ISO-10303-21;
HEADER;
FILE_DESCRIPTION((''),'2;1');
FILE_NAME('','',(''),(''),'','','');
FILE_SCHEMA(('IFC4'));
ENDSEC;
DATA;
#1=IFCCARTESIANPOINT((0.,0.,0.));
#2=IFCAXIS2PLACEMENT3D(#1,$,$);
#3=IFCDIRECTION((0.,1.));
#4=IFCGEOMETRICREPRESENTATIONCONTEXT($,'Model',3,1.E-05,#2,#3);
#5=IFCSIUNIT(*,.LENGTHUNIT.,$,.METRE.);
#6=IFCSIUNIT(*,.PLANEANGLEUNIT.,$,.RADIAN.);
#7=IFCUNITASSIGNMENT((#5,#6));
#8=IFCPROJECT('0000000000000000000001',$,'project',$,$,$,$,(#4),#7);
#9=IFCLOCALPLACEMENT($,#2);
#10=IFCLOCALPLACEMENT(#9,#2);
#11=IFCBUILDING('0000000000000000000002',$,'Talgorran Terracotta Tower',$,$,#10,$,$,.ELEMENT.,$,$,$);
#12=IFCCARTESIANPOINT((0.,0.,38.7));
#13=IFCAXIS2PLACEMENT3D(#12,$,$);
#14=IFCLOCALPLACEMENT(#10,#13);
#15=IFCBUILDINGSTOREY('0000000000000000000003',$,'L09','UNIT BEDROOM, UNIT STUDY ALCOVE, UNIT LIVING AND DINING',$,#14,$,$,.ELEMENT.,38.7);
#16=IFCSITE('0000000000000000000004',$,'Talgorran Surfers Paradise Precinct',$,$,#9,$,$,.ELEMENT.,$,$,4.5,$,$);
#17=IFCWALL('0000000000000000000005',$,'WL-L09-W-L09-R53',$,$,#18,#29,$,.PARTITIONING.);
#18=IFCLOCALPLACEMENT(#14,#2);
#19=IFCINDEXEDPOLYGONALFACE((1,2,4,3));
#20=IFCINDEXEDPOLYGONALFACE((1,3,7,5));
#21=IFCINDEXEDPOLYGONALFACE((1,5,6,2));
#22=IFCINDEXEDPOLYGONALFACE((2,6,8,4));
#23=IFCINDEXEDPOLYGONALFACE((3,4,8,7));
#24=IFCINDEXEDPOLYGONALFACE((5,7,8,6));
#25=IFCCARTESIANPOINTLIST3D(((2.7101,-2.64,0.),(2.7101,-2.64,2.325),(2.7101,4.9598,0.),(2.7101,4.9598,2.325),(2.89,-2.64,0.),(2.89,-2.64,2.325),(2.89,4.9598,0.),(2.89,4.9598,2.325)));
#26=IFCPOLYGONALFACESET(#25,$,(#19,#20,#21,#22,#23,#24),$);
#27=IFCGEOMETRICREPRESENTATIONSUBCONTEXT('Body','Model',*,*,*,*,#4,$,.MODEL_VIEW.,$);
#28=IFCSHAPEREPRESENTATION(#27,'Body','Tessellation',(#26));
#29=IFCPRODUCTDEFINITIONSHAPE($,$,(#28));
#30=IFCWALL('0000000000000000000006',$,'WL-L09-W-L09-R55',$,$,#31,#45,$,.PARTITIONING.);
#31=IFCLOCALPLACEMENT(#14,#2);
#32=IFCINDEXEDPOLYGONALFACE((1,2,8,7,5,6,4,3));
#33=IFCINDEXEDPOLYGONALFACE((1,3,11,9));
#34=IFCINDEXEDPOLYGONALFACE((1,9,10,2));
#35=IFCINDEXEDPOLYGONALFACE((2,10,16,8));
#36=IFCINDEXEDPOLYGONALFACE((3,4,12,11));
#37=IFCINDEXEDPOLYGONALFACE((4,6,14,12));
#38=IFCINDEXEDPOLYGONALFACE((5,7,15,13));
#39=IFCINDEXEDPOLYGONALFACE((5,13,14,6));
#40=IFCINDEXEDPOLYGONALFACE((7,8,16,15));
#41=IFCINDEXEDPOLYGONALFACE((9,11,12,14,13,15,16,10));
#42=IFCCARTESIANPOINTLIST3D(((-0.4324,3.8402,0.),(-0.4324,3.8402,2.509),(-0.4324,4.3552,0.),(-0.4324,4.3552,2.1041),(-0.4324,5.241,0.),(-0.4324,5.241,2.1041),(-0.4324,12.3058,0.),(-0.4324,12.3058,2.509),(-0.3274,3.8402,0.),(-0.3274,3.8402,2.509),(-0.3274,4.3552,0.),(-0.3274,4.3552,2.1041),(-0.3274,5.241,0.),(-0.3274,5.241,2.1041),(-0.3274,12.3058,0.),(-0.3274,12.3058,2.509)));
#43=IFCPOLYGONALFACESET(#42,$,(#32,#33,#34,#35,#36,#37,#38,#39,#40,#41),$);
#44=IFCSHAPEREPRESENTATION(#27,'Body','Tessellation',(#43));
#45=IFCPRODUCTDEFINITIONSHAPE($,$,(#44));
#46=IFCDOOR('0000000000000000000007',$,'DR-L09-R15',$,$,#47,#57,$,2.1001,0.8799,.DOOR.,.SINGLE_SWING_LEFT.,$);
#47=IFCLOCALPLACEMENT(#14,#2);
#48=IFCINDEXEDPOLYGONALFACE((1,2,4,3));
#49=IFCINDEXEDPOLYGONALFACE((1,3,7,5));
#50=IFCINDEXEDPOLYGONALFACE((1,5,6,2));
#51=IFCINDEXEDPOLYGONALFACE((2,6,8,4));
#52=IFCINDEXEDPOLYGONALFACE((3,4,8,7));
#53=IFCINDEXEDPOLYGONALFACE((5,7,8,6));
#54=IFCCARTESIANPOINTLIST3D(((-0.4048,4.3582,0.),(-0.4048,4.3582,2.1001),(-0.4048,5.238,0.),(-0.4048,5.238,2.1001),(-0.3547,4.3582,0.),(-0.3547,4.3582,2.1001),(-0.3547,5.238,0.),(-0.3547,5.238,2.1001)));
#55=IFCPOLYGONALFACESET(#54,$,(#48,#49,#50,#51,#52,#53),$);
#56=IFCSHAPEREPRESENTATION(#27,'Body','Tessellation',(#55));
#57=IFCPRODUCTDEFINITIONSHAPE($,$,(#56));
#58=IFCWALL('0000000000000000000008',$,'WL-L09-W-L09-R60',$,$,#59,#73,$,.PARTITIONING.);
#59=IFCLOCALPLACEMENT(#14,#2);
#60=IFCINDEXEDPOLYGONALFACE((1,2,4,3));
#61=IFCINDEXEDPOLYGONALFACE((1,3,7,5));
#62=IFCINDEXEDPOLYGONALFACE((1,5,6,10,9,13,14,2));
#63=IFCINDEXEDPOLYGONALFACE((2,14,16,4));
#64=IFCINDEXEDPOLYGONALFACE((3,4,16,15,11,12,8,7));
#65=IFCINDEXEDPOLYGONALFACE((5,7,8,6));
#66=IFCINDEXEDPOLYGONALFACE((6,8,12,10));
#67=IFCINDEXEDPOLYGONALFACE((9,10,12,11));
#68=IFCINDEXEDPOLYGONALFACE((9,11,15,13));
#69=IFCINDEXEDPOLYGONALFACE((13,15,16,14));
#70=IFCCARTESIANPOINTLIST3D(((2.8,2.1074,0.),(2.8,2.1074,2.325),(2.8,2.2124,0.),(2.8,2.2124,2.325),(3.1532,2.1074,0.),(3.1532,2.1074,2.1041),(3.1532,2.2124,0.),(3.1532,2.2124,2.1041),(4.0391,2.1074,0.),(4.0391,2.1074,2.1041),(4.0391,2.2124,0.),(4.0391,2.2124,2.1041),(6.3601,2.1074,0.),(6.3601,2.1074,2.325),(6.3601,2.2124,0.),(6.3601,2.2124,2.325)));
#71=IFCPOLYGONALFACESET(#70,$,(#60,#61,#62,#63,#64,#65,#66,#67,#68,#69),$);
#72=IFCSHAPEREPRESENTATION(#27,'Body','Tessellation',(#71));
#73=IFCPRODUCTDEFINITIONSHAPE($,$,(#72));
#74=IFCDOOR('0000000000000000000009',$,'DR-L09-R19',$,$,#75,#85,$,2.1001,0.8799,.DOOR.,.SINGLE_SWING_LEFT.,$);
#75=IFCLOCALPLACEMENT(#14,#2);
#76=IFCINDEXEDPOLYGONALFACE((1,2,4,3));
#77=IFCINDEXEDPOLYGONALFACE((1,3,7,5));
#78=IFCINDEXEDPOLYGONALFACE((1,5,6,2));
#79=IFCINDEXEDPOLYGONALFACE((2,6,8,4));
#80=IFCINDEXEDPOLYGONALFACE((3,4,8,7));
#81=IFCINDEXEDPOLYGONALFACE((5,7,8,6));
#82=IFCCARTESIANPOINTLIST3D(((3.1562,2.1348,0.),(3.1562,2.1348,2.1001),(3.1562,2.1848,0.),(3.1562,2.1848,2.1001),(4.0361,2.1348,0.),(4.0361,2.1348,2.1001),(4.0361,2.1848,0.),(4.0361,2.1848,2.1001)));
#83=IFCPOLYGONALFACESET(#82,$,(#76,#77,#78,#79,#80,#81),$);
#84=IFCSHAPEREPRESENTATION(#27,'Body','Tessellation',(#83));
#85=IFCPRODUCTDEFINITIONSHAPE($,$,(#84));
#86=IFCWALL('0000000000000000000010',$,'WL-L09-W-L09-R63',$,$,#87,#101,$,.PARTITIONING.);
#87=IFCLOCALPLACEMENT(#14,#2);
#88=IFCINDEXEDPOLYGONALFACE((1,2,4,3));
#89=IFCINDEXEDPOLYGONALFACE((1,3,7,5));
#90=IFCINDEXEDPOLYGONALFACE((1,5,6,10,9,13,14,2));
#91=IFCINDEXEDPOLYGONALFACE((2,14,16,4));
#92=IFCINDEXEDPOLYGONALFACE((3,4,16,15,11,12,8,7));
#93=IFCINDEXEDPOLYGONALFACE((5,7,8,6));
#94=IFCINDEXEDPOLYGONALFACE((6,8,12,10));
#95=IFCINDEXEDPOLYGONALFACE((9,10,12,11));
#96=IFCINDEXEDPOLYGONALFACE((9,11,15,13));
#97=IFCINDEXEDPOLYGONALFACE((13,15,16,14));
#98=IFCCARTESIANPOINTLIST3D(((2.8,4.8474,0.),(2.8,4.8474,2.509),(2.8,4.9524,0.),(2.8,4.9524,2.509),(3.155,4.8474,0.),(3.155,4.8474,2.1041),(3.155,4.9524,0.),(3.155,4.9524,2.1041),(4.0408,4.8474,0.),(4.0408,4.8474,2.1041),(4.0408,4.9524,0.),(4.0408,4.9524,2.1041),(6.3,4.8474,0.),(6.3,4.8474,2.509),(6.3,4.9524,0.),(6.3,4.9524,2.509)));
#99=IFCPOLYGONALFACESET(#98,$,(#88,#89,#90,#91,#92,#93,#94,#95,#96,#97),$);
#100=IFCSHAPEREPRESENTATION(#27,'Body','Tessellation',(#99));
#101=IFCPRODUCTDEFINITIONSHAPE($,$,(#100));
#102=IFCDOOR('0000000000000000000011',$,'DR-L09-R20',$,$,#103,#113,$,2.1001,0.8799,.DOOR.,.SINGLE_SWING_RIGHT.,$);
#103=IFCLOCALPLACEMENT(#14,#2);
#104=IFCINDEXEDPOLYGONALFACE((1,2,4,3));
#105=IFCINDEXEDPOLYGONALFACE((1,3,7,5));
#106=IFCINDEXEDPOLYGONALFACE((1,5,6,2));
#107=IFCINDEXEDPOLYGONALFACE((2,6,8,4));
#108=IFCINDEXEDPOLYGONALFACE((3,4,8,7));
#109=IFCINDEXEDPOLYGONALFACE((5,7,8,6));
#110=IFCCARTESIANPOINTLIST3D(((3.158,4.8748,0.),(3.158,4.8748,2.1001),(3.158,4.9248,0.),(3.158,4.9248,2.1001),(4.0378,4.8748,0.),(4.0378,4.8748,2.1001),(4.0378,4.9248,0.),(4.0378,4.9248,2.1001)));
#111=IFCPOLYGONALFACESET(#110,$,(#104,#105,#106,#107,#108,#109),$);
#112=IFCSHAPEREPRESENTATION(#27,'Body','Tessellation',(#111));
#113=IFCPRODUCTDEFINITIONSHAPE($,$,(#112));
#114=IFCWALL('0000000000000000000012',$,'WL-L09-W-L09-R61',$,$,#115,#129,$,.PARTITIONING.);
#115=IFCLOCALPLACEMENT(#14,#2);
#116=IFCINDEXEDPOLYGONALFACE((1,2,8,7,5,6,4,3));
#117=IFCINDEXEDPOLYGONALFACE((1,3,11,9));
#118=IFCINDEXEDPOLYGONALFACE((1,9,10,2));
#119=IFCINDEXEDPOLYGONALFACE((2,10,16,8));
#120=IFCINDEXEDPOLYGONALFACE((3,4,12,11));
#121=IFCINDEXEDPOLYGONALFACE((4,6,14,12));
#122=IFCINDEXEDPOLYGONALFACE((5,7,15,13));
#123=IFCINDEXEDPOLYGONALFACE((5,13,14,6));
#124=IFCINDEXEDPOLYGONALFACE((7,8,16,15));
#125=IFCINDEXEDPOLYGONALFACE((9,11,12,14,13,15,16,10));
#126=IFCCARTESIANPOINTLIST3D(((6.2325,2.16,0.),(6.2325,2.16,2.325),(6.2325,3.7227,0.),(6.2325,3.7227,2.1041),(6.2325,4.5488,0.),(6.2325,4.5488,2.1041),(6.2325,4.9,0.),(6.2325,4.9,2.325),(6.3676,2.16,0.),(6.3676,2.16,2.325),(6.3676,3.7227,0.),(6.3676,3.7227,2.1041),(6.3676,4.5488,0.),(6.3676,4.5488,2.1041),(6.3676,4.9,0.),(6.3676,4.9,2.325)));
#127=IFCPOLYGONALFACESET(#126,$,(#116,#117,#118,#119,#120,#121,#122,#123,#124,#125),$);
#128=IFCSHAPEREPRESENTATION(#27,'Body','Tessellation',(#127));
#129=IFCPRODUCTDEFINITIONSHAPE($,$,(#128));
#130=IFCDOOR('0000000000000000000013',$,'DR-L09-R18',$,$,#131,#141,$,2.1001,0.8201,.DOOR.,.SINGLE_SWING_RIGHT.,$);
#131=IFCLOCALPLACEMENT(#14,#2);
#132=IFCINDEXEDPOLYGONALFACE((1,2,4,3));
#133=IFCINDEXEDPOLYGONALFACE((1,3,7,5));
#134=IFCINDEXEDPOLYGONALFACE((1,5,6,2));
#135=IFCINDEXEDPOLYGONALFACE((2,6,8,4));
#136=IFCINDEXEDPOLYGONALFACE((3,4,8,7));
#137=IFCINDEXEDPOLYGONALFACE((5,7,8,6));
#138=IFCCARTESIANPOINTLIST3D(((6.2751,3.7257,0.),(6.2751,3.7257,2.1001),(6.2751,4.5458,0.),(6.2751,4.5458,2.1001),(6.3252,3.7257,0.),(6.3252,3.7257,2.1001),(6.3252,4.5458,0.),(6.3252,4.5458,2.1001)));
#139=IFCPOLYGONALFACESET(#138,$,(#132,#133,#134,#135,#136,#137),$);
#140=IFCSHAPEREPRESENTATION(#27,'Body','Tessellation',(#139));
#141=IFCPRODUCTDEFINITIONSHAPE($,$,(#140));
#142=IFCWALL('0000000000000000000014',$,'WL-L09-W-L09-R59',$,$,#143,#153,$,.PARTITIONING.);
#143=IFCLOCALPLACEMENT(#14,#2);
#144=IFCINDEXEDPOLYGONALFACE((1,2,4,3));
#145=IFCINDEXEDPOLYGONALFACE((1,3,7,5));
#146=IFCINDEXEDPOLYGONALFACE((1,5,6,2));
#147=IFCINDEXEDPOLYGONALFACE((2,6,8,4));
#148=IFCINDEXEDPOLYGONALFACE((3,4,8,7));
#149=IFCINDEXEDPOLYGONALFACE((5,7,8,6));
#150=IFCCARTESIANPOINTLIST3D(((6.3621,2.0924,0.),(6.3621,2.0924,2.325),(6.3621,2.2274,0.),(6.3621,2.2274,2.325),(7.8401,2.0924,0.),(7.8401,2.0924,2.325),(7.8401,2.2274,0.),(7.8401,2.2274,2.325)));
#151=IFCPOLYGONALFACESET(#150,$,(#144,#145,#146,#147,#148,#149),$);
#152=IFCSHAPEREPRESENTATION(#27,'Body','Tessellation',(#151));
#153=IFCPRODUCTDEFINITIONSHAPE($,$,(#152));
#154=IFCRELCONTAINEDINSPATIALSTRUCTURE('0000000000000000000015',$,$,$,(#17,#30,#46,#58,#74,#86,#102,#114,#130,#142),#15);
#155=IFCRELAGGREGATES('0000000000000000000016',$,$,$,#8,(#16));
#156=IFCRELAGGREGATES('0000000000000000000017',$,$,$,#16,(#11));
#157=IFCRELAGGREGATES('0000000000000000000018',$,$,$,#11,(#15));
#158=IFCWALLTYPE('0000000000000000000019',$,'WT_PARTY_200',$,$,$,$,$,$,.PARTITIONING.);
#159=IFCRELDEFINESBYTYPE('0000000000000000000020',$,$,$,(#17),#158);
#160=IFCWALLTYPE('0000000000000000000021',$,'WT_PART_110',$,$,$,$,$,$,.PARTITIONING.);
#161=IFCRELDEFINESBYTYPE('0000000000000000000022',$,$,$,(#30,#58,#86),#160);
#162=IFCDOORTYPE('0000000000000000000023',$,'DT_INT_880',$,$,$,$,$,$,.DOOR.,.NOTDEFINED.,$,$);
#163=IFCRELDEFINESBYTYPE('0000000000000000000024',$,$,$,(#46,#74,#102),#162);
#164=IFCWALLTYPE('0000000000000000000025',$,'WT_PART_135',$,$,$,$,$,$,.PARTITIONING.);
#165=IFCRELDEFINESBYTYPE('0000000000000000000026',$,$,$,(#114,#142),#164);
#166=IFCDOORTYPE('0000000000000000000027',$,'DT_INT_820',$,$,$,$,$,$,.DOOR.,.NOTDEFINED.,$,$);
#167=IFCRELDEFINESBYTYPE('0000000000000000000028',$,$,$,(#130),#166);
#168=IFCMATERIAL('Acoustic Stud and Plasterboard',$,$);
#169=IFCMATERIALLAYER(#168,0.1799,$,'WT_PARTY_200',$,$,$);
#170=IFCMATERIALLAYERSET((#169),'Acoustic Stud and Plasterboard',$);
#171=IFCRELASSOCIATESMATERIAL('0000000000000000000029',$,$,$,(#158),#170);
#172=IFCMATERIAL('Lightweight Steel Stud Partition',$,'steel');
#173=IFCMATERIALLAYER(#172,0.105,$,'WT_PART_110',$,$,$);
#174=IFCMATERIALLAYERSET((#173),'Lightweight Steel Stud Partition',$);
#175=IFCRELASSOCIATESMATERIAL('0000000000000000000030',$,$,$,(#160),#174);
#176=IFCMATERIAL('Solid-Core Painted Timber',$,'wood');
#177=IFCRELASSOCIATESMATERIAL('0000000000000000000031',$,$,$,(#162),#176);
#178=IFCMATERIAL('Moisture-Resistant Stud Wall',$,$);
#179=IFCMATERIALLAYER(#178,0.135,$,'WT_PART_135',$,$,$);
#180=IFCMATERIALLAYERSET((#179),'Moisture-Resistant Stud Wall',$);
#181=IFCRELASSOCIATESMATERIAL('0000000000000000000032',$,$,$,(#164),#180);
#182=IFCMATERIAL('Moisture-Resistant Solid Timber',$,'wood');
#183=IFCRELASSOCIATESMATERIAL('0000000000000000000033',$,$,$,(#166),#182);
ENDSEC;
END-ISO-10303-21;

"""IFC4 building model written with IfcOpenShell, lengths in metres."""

from ifc_helpers import new_model, si_unit, direction, frame, frame_2d, origin, place, context, subcontext, project, spatial, rectangle, extrude, material, layer, layer_set, type_object, element, fill, save


model = new_model("IFC4")

# Units and contexts
model_context = context("Model", 3, precision=1e-05, world=origin(), true_north=direction((0.0, 1.0)))
body_context = subcontext(model_context, "Body", "Model", "MODEL_VIEW")
ifc_project = project(units=[si_unit("LENGTHUNIT", "METRE"), si_unit("PLANEANGLEUNIT", "RADIAN")], contexts=[model_context])

# Site, building, storey
site_placement = place(None, origin())
site = spatial("IfcSite", under=ifc_project, at=site_placement, Name="Talgorran Surfers Paradise Precinct", CompositionType="ELEMENT", RefElevation=4.5)
building_placement = place(site_placement, origin())
building = spatial("IfcBuilding", under=site, at=building_placement, Name="Talgorran Terracotta Tower", CompositionType="ELEMENT")
storey_placement = place(building_placement, frame((0.0, 0.0, 38.7)))
storey = spatial("IfcBuildingStorey", under=building, at=storey_placement, Name="L09", Description="UNIT BEDROOM, UNIT STUDY ALCOVE, UNIT LIVING AND DINING", CompositionType="ELEMENT", Elevation=38.7)

# Wall
ifc_material_1 = material(Name="Acoustic Stud and Plasterboard")
ifc_layer_1 = layer(ifc_material_1, 0.1799, Name="WT_PARTY_200")
ifc_layer_set_1 = layer_set([ifc_layer_1], Name="Acoustic Stud and Plasterboard")
wall_type_1 = type_object("IfcWallType", Name="WT_PARTY_200", PredefinedType="PARTITIONING", material=ifc_layer_set_1)
wall_1_placement = place(storey_placement, frame((2.8, -2.6399, 0.0), z_axis=(0.0, 0.0, 1.0), x_axis=(0.0, 1.0, 0.0)))
element("IfcWall", 1, at=wall_1_placement, inside=storey, type_object=wall_type_1, Name="WL-L09-W-L09-R53", PredefinedType="PARTITIONING", context=body_context, shape_type="SweptSolid", body=[
    extrude(rectangle(XDim=7.5999, YDim=0.1799, at=frame_2d((3.7998, 0.0))), origin(), (0.0, 0.0, 1.0), 2.325),
])

# Walls, openings, doors
ifc_material_2 = material(Name="Lightweight Steel Stud Partition", Category="steel")
ifc_layer_2 = layer(ifc_material_2, 0.105, Name="WT_PART_110")
ifc_layer_set_2 = layer_set([ifc_layer_2], Name="Lightweight Steel Stud Partition")
wall_type_2 = type_object("IfcWallType", Name="WT_PART_110", PredefinedType="PARTITIONING", material=ifc_layer_set_2)
wall_2_placement = place(storey_placement, frame((-0.3799, 3.8401, 0.0), z_axis=(0.0, 0.0, 1.0), x_axis=(0.0, 1.0, 0.0)))
wall_2 = element("IfcWall", 2, at=wall_2_placement, inside=storey, type_object=wall_type_2, Name="WL-L09-W-L09-R55", PredefinedType="PARTITIONING", context=body_context, shape_type="SweptSolid", body=[
    extrude(rectangle(XDim=8.4656, YDim=0.105, at=frame_2d((4.2329, 0.0))), origin(), (0.0, 0.0, 1.0), 2.509),
])
opening_1_placement = place(wall_2_placement, frame((0.5181, 0.0, 0.0)))
opening_1 = element("IfcOpeningElement", 3, at=opening_1_placement, cuts=wall_2, PredefinedType="OPENING", context=body_context, shape_type="SweptSolid", body=[
    extrude(rectangle(XDim=0.8859, YDim=2.1041, at=frame_2d((0.4399, 1.052))), frame((0.0, 0.0625, 0.0), z_axis=(0.0, -1.0, 0.0), x_axis=(1.0, 0.0, 0.0)), (0.0, 0.0, 1.0), 0.125),
])
ifc_material_3 = material(Name="Solid-Core Painted Timber", Category="wood")
door_type_1 = type_object("IfcDoorType", Name="DT_INT_880", OperationType="NOTDEFINED", PredefinedType="DOOR", material=ifc_material_3)
door_1_placement = place(opening_1_placement, origin())
door_1 = element("IfcDoor", 4, at=door_1_placement, inside=storey, type_object=door_type_1, Name="DR-L09-R15", OperationType="SINGLE_SWING_LEFT", OverallHeight=2.1001, OverallWidth=0.8799, PredefinedType="DOOR", context=body_context, shape_type="SweptSolid", body=[
    extrude(rectangle(XDim=0.8799, YDim=2.1001, at=frame_2d((0.4399, 1.05))), frame((0.0, 0.0249, 0.0), z_axis=(0.0, -1.0, 0.0), x_axis=(1.0, 0.0, 0.0)), (0.0, 0.0, 1.0), 0.05),
])
fill(opening_1, door_1)
wall_3_placement = place(storey_placement, frame((2.8, 2.1599, 0.0), z_axis=(0.0, 0.0, 1.0), x_axis=(1.0, 0.0, 0.0)))
wall_3 = element("IfcWall", 5, at=wall_3_placement, inside=storey, type_object=wall_type_2, Name="WL-L09-W-L09-R60", PredefinedType="PARTITIONING", context=body_context, shape_type="SweptSolid", body=[
    extrude(rectangle(XDim=3.5601, YDim=0.105, at=frame_2d((1.78, 0.0))), origin(), (0.0, 0.0, 1.0), 2.325),
])
opening_2_placement = place(wall_3_placement, frame((0.3562, 0.0, 0.0)))
opening_2 = element("IfcOpeningElement", 6, at=opening_2_placement, cuts=wall_3, PredefinedType="OPENING", context=body_context, shape_type="SweptSolid", body=[
    extrude(rectangle(XDim=0.8859, YDim=2.1041, at=frame_2d((0.4399, 1.052))), frame((0.0, 0.0625, 0.0), z_axis=(0.0, -1.0, 0.0), x_axis=(1.0, 0.0, 0.0)), (0.0, 0.0, 1.0), 0.125),
])
door_2_placement = place(opening_2_placement, origin())
door_2 = element("IfcDoor", 7, at=door_2_placement, inside=storey, type_object=door_type_1, Name="DR-L09-R19", OperationType="SINGLE_SWING_LEFT", OverallHeight=2.1001, OverallWidth=0.8799, PredefinedType="DOOR", context=body_context, shape_type="SweptSolid", body=[
    extrude(rectangle(XDim=0.8799, YDim=2.1001, at=frame_2d((0.4399, 1.05))), frame((0.0, 0.0249, 0.0), z_axis=(0.0, -1.0, 0.0), x_axis=(1.0, 0.0, 0.0)), (0.0, 0.0, 1.0), 0.05),
])
fill(opening_2, door_2)
wall_4_placement = place(storey_placement, frame((2.8, 4.8999, 0.0), z_axis=(0.0, 0.0, 1.0), x_axis=(1.0, 0.0, 0.0)))
wall_4 = element("IfcWall", 8, at=wall_4_placement, inside=storey, type_object=wall_type_2, Name="WL-L09-W-L09-R63", PredefinedType="PARTITIONING", context=body_context, shape_type="SweptSolid", body=[
    extrude(rectangle(XDim=3.5, YDim=0.105, at=frame_2d((1.75, 0.0))), origin(), (0.0, 0.0, 1.0), 2.509),
])
opening_3_placement = place(wall_4_placement, frame((0.3579, 0.0, 0.0)))
opening_3 = element("IfcOpeningElement", 9, at=opening_3_placement, cuts=wall_4, PredefinedType="OPENING", context=body_context, shape_type="SweptSolid", body=[
    extrude(rectangle(XDim=0.8859, YDim=2.1041, at=frame_2d((0.4399, 1.052))), frame((0.0, 0.0625, 0.0), z_axis=(0.0, -1.0, 0.0), x_axis=(1.0, 0.0, 0.0)), (0.0, 0.0, 1.0), 0.125),
])
door_3_placement = place(opening_3_placement, origin())
door_3 = element("IfcDoor", 10, at=door_3_placement, inside=storey, type_object=door_type_1, Name="DR-L09-R20", OperationType="SINGLE_SWING_RIGHT", OverallHeight=2.1001, OverallWidth=0.8799, PredefinedType="DOOR", context=body_context, shape_type="SweptSolid", body=[
    extrude(rectangle(XDim=0.8799, YDim=2.1001, at=frame_2d((0.4399, 1.05))), frame((0.0, 0.0249, 0.0), z_axis=(0.0, -1.0, 0.0), x_axis=(1.0, 0.0, 0.0)), (0.0, 0.0, 1.0), 0.05),
])
fill(opening_3, door_3)
ifc_material_4 = material(Name="Moisture-Resistant Stud Wall")
ifc_layer_3 = layer(ifc_material_4, 0.135, Name="WT_PART_135")
ifc_layer_set_3 = layer_set([ifc_layer_3], Name="Moisture-Resistant Stud Wall")
wall_type_3 = type_object("IfcWallType", Name="WT_PART_135", PredefinedType="PARTITIONING", material=ifc_layer_set_3)
wall_5_placement = place(storey_placement, frame((6.3, 2.1599, 0.0), z_axis=(0.0, 0.0, 1.0), x_axis=(0.0, 1.0, 0.0)))
wall_5 = element("IfcWall", 11, at=wall_5_placement, inside=storey, type_object=wall_type_3, Name="WL-L09-W-L09-R61", PredefinedType="PARTITIONING", context=body_context, shape_type="SweptSolid", body=[
    extrude(rectangle(XDim=2.74, YDim=0.135, at=frame_2d((1.3701, 0.0))), origin(), (0.0, 0.0, 1.0), 2.325),
])
opening_4_placement = place(wall_5_placement, frame((1.5657, 0.0, 0.0)))
opening_4 = element("IfcOpeningElement", 12, at=opening_4_placement, cuts=wall_5, PredefinedType="OPENING", context=body_context, shape_type="SweptSolid", body=[
    extrude(rectangle(XDim=0.8261, YDim=2.1041, at=frame_2d((0.4102, 1.052))), frame((0.0, 0.0776, 0.0), z_axis=(0.0, -1.0, 0.0), x_axis=(1.0, 0.0, 0.0)), (0.0, 0.0, 1.0), 0.155),
])
ifc_material_5 = material(Name="Moisture-Resistant Solid Timber", Category="wood")
door_type_2 = type_object("IfcDoorType", Name="DT_INT_820", OperationType="NOTDEFINED", PredefinedType="DOOR", material=ifc_material_5)
door_4_placement = place(opening_4_placement, origin())
door_4 = element("IfcDoor", 13, at=door_4_placement, inside=storey, type_object=door_type_2, Name="DR-L09-R18", OperationType="SINGLE_SWING_RIGHT", OverallHeight=2.1001, OverallWidth=0.8201, PredefinedType="DOOR", context=body_context, shape_type="SweptSolid", body=[
    extrude(rectangle(XDim=0.8201, YDim=2.1001, at=frame_2d((0.4102, 1.05))), frame((0.0, 0.0249, 0.0), z_axis=(0.0, -1.0, 0.0), x_axis=(1.0, 0.0, 0.0)), (0.0, 0.0, 1.0), 0.05),
])
fill(opening_4, door_4)

# Wall
wall_6_placement = place(storey_placement, frame((6.3621, 2.1599, 0.0), z_axis=(0.0, 0.0, 1.0), x_axis=(1.0, 0.0, 0.0)))
element("IfcWall", 14, at=wall_6_placement, inside=storey, type_object=wall_type_3, Name="WL-L09-W-L09-R59", PredefinedType="PARTITIONING", context=body_context, shape_type="SweptSolid", body=[
    extrude(rectangle(XDim=1.478, YDim=0.135, at=frame_2d((0.739, 0.0))), origin(), (0.0, 0.0, 1.0), 2.325),
])

save(model, "model.ifc")
